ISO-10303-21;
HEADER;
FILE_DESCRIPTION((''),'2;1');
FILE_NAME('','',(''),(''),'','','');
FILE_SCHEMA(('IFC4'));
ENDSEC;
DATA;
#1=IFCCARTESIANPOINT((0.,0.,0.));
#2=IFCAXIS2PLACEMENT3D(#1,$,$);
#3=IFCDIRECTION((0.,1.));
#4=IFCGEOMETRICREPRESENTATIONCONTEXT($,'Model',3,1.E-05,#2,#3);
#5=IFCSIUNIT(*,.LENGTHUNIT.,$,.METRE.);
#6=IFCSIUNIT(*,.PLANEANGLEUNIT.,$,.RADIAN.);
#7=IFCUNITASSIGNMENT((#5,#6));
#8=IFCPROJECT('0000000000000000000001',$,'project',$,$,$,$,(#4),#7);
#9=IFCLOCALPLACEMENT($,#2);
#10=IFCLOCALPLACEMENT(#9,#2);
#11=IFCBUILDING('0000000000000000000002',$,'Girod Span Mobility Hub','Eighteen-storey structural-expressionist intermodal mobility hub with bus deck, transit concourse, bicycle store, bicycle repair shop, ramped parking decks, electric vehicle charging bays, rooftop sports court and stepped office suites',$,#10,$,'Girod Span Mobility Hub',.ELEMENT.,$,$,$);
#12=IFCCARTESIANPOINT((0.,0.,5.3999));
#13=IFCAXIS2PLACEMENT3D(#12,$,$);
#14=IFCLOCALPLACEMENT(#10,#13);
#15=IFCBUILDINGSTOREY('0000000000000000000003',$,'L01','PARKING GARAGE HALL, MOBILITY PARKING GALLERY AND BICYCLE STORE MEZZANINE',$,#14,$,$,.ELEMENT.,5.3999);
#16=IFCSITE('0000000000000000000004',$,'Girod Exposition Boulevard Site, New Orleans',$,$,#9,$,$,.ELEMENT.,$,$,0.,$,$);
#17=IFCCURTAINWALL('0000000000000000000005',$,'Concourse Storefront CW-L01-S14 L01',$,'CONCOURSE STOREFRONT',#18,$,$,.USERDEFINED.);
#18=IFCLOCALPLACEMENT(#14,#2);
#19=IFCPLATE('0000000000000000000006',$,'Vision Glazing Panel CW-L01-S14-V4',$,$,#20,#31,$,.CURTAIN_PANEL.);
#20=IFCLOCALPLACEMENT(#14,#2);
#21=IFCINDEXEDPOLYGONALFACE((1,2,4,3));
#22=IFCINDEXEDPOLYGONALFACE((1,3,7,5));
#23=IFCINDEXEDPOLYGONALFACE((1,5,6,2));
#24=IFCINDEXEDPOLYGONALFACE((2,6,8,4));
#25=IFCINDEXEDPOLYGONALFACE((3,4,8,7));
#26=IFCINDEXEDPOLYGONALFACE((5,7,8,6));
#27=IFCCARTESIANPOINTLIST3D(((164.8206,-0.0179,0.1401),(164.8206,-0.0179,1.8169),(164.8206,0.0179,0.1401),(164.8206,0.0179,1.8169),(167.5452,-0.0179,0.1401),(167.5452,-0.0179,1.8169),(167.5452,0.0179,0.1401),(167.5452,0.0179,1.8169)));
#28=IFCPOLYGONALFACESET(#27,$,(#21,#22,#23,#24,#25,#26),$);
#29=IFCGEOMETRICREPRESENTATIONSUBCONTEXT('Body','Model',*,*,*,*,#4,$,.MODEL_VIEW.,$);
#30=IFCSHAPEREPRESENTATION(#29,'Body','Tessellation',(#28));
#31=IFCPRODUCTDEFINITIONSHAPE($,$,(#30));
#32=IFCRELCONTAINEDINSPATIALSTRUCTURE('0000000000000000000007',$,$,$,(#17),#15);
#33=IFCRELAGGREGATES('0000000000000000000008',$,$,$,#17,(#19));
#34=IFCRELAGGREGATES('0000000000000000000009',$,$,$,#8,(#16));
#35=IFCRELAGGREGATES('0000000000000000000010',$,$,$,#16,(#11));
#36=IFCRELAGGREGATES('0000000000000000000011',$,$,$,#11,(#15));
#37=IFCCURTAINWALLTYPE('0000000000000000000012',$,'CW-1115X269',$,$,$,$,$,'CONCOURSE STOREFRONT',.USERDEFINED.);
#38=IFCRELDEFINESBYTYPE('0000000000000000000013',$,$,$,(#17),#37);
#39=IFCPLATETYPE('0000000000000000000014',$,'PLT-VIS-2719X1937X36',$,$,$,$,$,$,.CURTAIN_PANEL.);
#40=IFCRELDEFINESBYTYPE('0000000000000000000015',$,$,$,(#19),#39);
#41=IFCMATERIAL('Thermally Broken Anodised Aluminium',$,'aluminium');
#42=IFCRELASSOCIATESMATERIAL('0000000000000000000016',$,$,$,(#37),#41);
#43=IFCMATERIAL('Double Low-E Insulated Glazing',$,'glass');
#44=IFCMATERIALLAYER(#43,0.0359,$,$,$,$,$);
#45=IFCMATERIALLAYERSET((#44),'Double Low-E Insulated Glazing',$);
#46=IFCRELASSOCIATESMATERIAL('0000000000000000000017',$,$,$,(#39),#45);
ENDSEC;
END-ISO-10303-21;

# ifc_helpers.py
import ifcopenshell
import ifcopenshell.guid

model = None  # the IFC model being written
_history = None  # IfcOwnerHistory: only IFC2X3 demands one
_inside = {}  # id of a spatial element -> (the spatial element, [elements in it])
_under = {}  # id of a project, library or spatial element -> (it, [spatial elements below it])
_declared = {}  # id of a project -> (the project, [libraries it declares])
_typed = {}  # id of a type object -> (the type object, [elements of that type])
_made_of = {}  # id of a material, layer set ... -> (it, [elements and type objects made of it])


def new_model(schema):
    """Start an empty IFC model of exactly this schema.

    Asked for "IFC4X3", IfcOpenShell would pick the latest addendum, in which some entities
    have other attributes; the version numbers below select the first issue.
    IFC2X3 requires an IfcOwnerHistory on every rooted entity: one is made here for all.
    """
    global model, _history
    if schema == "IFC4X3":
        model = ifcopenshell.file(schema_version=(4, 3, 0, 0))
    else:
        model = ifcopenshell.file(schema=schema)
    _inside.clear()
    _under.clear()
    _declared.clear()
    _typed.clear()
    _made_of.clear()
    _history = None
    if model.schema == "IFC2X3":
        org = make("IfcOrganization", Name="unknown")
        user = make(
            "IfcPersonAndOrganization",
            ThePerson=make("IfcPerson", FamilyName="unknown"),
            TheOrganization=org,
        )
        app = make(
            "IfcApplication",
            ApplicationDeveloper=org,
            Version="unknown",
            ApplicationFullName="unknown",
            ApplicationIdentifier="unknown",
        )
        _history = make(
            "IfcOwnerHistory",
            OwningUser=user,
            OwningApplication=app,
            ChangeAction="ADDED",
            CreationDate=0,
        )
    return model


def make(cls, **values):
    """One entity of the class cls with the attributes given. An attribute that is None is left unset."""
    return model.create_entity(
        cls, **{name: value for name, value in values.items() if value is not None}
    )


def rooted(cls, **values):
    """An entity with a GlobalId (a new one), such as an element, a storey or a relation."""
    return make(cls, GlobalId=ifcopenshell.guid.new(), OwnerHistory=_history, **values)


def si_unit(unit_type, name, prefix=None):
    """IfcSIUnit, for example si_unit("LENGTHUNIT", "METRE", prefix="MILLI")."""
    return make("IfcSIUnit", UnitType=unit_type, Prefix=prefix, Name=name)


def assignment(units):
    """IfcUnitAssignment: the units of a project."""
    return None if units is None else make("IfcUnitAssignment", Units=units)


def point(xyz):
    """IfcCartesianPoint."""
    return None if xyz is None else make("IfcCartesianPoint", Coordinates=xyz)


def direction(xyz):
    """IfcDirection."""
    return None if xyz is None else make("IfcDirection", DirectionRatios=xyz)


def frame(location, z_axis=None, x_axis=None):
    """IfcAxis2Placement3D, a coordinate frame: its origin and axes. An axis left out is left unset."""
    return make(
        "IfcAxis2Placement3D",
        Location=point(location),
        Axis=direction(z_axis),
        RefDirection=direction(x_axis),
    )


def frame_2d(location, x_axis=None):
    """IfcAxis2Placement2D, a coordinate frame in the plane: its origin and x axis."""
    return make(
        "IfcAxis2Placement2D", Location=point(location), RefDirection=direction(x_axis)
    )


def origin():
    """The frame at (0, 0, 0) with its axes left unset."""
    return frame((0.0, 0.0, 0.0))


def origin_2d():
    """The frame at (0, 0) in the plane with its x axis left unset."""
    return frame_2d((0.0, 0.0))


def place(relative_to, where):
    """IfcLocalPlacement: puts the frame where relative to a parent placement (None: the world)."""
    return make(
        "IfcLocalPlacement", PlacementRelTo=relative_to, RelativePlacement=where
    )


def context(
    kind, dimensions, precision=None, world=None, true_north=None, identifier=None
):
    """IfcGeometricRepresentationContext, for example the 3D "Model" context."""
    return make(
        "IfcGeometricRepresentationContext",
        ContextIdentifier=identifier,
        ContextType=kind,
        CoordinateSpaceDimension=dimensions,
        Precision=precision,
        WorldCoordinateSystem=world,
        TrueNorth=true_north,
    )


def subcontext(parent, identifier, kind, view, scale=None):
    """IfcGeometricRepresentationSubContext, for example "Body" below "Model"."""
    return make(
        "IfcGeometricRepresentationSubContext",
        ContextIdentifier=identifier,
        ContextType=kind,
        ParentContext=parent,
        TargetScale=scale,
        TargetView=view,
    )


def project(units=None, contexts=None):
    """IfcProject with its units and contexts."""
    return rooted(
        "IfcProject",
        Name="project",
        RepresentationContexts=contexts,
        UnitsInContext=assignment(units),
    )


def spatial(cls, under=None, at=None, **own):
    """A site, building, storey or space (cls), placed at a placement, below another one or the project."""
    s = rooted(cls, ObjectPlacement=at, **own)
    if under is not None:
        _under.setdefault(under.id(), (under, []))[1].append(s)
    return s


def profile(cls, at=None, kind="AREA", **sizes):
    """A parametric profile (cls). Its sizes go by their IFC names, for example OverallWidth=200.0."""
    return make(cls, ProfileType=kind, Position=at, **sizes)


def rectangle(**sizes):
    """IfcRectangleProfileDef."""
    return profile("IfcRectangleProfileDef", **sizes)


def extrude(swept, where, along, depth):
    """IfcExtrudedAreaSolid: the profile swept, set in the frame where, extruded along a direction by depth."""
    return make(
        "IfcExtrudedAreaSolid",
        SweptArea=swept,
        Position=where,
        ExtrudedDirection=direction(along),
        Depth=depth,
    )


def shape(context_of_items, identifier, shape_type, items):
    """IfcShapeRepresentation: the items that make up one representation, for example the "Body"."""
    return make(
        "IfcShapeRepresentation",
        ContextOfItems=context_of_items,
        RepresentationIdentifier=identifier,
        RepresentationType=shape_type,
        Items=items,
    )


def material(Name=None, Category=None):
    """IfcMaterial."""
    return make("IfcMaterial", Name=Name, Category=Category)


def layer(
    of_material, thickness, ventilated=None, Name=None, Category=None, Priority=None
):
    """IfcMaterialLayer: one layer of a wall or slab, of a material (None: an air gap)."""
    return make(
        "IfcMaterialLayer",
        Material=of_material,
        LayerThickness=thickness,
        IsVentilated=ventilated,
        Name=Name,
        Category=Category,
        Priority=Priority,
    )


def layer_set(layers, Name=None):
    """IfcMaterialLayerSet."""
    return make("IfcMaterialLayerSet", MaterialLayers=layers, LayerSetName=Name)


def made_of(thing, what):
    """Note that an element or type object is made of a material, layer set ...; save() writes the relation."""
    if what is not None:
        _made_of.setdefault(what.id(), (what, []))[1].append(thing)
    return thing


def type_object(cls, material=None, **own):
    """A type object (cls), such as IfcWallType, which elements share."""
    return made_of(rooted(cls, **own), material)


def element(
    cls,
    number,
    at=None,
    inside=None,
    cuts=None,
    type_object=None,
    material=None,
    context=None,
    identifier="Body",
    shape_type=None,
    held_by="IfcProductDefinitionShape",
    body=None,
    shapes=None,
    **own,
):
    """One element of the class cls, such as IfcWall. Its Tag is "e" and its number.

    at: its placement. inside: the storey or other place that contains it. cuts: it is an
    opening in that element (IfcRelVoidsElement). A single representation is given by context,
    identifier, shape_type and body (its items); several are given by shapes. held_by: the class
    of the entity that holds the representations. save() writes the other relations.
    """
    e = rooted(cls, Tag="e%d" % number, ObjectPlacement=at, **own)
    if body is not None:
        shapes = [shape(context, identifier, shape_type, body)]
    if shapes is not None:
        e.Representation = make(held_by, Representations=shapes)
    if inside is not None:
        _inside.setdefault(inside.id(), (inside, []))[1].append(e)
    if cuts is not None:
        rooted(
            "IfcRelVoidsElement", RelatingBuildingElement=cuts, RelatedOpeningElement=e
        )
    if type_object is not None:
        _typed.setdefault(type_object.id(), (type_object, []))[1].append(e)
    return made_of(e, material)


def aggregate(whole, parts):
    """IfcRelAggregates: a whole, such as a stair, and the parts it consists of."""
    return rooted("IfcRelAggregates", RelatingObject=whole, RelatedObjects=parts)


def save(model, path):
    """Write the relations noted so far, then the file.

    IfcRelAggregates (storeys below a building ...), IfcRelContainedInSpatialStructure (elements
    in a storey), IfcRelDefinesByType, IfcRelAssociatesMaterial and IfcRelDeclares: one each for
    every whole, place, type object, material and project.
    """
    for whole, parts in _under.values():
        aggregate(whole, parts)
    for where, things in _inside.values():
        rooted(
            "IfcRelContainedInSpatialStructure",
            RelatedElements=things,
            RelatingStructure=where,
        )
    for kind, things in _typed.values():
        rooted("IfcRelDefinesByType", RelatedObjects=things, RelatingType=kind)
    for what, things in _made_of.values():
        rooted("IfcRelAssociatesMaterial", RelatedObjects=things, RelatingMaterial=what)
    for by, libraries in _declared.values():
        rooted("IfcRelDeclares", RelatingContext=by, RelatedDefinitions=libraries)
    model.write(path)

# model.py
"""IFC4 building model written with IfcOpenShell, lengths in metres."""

from ifc_helpers import new_model, si_unit, direction, frame, origin, origin_2d, place, context, subcontext, project, spatial, rectangle, extrude, material, layer, layer_set, type_object, element, aggregate, save


model = new_model("IFC4")

# Units and contexts
model_context = context("Model", 3, precision=1e-05, world=origin(), true_north=direction((0.0, 1.0)))
body_context = subcontext(model_context, "Body", "Model", "MODEL_VIEW")
ifc_project = project(units=[si_unit("LENGTHUNIT", "METRE"), si_unit("PLANEANGLEUNIT", "RADIAN")], contexts=[model_context])

# Site, building, storey
site_placement = place(None, origin())
site = spatial("IfcSite", under=ifc_project, at=site_placement, Name="Girod Exposition Boulevard Site, New Orleans", CompositionType="ELEMENT", RefElevation=0.0)
building_placement = place(site_placement, origin())
building = spatial("IfcBuilding", under=site, at=building_placement, Name="Girod Span Mobility Hub", Description="Eighteen-storey structural-expressionist intermodal mobility hub with bus deck, transit concourse, bicycle store, bicycle repair shop, ramped parking decks, electric vehicle charging bays, rooftop sports court and stepped office suites", LongName="Girod Span Mobility Hub", CompositionType="ELEMENT")
storey_placement = place(building_placement, frame((0.0, 0.0, 5.3999)))
storey = spatial("IfcBuildingStorey", under=building, at=storey_placement, Name="L01", Description="PARKING GARAGE HALL, MOBILITY PARKING GALLERY AND BICYCLE STORE MEZZANINE", CompositionType="ELEMENT", Elevation=5.3999)

# Curtain wall, plate
ifc_material_1 = material(Name="Thermally Broken Anodised Aluminium", Category="aluminium")
curtain_wall_type = type_object("IfcCurtainWallType", Name="CW-1115X269", ElementType="CONCOURSE STOREFRONT", PredefinedType="USERDEFINED", material=ifc_material_1)
curtain_wall_placement = place(storey_placement, origin())
curtain_wall = element("IfcCurtainWall", 1, at=curtain_wall_placement, inside=storey, type_object=curtain_wall_type, Name="Concourse Storefront CW-L01-S14 L01", ObjectType="CONCOURSE STOREFRONT", PredefinedType="USERDEFINED")
ifc_material_2 = material(Name="Double Low-E Insulated Glazing", Category="glass")
ifc_layer_1 = layer(ifc_material_2, 0.0359)
ifc_layer_set_1 = layer_set([ifc_layer_1], Name="Double Low-E Insulated Glazing")
plate_type_1 = type_object("IfcPlateType", Name="PLT-VIS-2719X1937X36", PredefinedType="CURTAIN_PANEL", material=ifc_layer_set_1)
plate_1_placement = place(storey_placement, frame((166.1829, 0.0, 0.1401), z_axis=(0.0, 0.0, 1.0), x_axis=(1.0, 0.0, 0.0)))
plate_1 = element("IfcPlate", 2, at=plate_1_placement, type_object=plate_type_1, Name="Vision Glazing Panel CW-L01-S14-V4", PredefinedType="CURTAIN_PANEL", context=body_context, shape_type="SweptSolid", body=[
    extrude(rectangle(XDim=2.7246, YDim=0.0359, at=origin_2d()), origin(), (0.0, 0.0, 1.0), 1.6768),
])
aggregate(curtain_wall, [plate_1])

save(model, "model.ifc")
